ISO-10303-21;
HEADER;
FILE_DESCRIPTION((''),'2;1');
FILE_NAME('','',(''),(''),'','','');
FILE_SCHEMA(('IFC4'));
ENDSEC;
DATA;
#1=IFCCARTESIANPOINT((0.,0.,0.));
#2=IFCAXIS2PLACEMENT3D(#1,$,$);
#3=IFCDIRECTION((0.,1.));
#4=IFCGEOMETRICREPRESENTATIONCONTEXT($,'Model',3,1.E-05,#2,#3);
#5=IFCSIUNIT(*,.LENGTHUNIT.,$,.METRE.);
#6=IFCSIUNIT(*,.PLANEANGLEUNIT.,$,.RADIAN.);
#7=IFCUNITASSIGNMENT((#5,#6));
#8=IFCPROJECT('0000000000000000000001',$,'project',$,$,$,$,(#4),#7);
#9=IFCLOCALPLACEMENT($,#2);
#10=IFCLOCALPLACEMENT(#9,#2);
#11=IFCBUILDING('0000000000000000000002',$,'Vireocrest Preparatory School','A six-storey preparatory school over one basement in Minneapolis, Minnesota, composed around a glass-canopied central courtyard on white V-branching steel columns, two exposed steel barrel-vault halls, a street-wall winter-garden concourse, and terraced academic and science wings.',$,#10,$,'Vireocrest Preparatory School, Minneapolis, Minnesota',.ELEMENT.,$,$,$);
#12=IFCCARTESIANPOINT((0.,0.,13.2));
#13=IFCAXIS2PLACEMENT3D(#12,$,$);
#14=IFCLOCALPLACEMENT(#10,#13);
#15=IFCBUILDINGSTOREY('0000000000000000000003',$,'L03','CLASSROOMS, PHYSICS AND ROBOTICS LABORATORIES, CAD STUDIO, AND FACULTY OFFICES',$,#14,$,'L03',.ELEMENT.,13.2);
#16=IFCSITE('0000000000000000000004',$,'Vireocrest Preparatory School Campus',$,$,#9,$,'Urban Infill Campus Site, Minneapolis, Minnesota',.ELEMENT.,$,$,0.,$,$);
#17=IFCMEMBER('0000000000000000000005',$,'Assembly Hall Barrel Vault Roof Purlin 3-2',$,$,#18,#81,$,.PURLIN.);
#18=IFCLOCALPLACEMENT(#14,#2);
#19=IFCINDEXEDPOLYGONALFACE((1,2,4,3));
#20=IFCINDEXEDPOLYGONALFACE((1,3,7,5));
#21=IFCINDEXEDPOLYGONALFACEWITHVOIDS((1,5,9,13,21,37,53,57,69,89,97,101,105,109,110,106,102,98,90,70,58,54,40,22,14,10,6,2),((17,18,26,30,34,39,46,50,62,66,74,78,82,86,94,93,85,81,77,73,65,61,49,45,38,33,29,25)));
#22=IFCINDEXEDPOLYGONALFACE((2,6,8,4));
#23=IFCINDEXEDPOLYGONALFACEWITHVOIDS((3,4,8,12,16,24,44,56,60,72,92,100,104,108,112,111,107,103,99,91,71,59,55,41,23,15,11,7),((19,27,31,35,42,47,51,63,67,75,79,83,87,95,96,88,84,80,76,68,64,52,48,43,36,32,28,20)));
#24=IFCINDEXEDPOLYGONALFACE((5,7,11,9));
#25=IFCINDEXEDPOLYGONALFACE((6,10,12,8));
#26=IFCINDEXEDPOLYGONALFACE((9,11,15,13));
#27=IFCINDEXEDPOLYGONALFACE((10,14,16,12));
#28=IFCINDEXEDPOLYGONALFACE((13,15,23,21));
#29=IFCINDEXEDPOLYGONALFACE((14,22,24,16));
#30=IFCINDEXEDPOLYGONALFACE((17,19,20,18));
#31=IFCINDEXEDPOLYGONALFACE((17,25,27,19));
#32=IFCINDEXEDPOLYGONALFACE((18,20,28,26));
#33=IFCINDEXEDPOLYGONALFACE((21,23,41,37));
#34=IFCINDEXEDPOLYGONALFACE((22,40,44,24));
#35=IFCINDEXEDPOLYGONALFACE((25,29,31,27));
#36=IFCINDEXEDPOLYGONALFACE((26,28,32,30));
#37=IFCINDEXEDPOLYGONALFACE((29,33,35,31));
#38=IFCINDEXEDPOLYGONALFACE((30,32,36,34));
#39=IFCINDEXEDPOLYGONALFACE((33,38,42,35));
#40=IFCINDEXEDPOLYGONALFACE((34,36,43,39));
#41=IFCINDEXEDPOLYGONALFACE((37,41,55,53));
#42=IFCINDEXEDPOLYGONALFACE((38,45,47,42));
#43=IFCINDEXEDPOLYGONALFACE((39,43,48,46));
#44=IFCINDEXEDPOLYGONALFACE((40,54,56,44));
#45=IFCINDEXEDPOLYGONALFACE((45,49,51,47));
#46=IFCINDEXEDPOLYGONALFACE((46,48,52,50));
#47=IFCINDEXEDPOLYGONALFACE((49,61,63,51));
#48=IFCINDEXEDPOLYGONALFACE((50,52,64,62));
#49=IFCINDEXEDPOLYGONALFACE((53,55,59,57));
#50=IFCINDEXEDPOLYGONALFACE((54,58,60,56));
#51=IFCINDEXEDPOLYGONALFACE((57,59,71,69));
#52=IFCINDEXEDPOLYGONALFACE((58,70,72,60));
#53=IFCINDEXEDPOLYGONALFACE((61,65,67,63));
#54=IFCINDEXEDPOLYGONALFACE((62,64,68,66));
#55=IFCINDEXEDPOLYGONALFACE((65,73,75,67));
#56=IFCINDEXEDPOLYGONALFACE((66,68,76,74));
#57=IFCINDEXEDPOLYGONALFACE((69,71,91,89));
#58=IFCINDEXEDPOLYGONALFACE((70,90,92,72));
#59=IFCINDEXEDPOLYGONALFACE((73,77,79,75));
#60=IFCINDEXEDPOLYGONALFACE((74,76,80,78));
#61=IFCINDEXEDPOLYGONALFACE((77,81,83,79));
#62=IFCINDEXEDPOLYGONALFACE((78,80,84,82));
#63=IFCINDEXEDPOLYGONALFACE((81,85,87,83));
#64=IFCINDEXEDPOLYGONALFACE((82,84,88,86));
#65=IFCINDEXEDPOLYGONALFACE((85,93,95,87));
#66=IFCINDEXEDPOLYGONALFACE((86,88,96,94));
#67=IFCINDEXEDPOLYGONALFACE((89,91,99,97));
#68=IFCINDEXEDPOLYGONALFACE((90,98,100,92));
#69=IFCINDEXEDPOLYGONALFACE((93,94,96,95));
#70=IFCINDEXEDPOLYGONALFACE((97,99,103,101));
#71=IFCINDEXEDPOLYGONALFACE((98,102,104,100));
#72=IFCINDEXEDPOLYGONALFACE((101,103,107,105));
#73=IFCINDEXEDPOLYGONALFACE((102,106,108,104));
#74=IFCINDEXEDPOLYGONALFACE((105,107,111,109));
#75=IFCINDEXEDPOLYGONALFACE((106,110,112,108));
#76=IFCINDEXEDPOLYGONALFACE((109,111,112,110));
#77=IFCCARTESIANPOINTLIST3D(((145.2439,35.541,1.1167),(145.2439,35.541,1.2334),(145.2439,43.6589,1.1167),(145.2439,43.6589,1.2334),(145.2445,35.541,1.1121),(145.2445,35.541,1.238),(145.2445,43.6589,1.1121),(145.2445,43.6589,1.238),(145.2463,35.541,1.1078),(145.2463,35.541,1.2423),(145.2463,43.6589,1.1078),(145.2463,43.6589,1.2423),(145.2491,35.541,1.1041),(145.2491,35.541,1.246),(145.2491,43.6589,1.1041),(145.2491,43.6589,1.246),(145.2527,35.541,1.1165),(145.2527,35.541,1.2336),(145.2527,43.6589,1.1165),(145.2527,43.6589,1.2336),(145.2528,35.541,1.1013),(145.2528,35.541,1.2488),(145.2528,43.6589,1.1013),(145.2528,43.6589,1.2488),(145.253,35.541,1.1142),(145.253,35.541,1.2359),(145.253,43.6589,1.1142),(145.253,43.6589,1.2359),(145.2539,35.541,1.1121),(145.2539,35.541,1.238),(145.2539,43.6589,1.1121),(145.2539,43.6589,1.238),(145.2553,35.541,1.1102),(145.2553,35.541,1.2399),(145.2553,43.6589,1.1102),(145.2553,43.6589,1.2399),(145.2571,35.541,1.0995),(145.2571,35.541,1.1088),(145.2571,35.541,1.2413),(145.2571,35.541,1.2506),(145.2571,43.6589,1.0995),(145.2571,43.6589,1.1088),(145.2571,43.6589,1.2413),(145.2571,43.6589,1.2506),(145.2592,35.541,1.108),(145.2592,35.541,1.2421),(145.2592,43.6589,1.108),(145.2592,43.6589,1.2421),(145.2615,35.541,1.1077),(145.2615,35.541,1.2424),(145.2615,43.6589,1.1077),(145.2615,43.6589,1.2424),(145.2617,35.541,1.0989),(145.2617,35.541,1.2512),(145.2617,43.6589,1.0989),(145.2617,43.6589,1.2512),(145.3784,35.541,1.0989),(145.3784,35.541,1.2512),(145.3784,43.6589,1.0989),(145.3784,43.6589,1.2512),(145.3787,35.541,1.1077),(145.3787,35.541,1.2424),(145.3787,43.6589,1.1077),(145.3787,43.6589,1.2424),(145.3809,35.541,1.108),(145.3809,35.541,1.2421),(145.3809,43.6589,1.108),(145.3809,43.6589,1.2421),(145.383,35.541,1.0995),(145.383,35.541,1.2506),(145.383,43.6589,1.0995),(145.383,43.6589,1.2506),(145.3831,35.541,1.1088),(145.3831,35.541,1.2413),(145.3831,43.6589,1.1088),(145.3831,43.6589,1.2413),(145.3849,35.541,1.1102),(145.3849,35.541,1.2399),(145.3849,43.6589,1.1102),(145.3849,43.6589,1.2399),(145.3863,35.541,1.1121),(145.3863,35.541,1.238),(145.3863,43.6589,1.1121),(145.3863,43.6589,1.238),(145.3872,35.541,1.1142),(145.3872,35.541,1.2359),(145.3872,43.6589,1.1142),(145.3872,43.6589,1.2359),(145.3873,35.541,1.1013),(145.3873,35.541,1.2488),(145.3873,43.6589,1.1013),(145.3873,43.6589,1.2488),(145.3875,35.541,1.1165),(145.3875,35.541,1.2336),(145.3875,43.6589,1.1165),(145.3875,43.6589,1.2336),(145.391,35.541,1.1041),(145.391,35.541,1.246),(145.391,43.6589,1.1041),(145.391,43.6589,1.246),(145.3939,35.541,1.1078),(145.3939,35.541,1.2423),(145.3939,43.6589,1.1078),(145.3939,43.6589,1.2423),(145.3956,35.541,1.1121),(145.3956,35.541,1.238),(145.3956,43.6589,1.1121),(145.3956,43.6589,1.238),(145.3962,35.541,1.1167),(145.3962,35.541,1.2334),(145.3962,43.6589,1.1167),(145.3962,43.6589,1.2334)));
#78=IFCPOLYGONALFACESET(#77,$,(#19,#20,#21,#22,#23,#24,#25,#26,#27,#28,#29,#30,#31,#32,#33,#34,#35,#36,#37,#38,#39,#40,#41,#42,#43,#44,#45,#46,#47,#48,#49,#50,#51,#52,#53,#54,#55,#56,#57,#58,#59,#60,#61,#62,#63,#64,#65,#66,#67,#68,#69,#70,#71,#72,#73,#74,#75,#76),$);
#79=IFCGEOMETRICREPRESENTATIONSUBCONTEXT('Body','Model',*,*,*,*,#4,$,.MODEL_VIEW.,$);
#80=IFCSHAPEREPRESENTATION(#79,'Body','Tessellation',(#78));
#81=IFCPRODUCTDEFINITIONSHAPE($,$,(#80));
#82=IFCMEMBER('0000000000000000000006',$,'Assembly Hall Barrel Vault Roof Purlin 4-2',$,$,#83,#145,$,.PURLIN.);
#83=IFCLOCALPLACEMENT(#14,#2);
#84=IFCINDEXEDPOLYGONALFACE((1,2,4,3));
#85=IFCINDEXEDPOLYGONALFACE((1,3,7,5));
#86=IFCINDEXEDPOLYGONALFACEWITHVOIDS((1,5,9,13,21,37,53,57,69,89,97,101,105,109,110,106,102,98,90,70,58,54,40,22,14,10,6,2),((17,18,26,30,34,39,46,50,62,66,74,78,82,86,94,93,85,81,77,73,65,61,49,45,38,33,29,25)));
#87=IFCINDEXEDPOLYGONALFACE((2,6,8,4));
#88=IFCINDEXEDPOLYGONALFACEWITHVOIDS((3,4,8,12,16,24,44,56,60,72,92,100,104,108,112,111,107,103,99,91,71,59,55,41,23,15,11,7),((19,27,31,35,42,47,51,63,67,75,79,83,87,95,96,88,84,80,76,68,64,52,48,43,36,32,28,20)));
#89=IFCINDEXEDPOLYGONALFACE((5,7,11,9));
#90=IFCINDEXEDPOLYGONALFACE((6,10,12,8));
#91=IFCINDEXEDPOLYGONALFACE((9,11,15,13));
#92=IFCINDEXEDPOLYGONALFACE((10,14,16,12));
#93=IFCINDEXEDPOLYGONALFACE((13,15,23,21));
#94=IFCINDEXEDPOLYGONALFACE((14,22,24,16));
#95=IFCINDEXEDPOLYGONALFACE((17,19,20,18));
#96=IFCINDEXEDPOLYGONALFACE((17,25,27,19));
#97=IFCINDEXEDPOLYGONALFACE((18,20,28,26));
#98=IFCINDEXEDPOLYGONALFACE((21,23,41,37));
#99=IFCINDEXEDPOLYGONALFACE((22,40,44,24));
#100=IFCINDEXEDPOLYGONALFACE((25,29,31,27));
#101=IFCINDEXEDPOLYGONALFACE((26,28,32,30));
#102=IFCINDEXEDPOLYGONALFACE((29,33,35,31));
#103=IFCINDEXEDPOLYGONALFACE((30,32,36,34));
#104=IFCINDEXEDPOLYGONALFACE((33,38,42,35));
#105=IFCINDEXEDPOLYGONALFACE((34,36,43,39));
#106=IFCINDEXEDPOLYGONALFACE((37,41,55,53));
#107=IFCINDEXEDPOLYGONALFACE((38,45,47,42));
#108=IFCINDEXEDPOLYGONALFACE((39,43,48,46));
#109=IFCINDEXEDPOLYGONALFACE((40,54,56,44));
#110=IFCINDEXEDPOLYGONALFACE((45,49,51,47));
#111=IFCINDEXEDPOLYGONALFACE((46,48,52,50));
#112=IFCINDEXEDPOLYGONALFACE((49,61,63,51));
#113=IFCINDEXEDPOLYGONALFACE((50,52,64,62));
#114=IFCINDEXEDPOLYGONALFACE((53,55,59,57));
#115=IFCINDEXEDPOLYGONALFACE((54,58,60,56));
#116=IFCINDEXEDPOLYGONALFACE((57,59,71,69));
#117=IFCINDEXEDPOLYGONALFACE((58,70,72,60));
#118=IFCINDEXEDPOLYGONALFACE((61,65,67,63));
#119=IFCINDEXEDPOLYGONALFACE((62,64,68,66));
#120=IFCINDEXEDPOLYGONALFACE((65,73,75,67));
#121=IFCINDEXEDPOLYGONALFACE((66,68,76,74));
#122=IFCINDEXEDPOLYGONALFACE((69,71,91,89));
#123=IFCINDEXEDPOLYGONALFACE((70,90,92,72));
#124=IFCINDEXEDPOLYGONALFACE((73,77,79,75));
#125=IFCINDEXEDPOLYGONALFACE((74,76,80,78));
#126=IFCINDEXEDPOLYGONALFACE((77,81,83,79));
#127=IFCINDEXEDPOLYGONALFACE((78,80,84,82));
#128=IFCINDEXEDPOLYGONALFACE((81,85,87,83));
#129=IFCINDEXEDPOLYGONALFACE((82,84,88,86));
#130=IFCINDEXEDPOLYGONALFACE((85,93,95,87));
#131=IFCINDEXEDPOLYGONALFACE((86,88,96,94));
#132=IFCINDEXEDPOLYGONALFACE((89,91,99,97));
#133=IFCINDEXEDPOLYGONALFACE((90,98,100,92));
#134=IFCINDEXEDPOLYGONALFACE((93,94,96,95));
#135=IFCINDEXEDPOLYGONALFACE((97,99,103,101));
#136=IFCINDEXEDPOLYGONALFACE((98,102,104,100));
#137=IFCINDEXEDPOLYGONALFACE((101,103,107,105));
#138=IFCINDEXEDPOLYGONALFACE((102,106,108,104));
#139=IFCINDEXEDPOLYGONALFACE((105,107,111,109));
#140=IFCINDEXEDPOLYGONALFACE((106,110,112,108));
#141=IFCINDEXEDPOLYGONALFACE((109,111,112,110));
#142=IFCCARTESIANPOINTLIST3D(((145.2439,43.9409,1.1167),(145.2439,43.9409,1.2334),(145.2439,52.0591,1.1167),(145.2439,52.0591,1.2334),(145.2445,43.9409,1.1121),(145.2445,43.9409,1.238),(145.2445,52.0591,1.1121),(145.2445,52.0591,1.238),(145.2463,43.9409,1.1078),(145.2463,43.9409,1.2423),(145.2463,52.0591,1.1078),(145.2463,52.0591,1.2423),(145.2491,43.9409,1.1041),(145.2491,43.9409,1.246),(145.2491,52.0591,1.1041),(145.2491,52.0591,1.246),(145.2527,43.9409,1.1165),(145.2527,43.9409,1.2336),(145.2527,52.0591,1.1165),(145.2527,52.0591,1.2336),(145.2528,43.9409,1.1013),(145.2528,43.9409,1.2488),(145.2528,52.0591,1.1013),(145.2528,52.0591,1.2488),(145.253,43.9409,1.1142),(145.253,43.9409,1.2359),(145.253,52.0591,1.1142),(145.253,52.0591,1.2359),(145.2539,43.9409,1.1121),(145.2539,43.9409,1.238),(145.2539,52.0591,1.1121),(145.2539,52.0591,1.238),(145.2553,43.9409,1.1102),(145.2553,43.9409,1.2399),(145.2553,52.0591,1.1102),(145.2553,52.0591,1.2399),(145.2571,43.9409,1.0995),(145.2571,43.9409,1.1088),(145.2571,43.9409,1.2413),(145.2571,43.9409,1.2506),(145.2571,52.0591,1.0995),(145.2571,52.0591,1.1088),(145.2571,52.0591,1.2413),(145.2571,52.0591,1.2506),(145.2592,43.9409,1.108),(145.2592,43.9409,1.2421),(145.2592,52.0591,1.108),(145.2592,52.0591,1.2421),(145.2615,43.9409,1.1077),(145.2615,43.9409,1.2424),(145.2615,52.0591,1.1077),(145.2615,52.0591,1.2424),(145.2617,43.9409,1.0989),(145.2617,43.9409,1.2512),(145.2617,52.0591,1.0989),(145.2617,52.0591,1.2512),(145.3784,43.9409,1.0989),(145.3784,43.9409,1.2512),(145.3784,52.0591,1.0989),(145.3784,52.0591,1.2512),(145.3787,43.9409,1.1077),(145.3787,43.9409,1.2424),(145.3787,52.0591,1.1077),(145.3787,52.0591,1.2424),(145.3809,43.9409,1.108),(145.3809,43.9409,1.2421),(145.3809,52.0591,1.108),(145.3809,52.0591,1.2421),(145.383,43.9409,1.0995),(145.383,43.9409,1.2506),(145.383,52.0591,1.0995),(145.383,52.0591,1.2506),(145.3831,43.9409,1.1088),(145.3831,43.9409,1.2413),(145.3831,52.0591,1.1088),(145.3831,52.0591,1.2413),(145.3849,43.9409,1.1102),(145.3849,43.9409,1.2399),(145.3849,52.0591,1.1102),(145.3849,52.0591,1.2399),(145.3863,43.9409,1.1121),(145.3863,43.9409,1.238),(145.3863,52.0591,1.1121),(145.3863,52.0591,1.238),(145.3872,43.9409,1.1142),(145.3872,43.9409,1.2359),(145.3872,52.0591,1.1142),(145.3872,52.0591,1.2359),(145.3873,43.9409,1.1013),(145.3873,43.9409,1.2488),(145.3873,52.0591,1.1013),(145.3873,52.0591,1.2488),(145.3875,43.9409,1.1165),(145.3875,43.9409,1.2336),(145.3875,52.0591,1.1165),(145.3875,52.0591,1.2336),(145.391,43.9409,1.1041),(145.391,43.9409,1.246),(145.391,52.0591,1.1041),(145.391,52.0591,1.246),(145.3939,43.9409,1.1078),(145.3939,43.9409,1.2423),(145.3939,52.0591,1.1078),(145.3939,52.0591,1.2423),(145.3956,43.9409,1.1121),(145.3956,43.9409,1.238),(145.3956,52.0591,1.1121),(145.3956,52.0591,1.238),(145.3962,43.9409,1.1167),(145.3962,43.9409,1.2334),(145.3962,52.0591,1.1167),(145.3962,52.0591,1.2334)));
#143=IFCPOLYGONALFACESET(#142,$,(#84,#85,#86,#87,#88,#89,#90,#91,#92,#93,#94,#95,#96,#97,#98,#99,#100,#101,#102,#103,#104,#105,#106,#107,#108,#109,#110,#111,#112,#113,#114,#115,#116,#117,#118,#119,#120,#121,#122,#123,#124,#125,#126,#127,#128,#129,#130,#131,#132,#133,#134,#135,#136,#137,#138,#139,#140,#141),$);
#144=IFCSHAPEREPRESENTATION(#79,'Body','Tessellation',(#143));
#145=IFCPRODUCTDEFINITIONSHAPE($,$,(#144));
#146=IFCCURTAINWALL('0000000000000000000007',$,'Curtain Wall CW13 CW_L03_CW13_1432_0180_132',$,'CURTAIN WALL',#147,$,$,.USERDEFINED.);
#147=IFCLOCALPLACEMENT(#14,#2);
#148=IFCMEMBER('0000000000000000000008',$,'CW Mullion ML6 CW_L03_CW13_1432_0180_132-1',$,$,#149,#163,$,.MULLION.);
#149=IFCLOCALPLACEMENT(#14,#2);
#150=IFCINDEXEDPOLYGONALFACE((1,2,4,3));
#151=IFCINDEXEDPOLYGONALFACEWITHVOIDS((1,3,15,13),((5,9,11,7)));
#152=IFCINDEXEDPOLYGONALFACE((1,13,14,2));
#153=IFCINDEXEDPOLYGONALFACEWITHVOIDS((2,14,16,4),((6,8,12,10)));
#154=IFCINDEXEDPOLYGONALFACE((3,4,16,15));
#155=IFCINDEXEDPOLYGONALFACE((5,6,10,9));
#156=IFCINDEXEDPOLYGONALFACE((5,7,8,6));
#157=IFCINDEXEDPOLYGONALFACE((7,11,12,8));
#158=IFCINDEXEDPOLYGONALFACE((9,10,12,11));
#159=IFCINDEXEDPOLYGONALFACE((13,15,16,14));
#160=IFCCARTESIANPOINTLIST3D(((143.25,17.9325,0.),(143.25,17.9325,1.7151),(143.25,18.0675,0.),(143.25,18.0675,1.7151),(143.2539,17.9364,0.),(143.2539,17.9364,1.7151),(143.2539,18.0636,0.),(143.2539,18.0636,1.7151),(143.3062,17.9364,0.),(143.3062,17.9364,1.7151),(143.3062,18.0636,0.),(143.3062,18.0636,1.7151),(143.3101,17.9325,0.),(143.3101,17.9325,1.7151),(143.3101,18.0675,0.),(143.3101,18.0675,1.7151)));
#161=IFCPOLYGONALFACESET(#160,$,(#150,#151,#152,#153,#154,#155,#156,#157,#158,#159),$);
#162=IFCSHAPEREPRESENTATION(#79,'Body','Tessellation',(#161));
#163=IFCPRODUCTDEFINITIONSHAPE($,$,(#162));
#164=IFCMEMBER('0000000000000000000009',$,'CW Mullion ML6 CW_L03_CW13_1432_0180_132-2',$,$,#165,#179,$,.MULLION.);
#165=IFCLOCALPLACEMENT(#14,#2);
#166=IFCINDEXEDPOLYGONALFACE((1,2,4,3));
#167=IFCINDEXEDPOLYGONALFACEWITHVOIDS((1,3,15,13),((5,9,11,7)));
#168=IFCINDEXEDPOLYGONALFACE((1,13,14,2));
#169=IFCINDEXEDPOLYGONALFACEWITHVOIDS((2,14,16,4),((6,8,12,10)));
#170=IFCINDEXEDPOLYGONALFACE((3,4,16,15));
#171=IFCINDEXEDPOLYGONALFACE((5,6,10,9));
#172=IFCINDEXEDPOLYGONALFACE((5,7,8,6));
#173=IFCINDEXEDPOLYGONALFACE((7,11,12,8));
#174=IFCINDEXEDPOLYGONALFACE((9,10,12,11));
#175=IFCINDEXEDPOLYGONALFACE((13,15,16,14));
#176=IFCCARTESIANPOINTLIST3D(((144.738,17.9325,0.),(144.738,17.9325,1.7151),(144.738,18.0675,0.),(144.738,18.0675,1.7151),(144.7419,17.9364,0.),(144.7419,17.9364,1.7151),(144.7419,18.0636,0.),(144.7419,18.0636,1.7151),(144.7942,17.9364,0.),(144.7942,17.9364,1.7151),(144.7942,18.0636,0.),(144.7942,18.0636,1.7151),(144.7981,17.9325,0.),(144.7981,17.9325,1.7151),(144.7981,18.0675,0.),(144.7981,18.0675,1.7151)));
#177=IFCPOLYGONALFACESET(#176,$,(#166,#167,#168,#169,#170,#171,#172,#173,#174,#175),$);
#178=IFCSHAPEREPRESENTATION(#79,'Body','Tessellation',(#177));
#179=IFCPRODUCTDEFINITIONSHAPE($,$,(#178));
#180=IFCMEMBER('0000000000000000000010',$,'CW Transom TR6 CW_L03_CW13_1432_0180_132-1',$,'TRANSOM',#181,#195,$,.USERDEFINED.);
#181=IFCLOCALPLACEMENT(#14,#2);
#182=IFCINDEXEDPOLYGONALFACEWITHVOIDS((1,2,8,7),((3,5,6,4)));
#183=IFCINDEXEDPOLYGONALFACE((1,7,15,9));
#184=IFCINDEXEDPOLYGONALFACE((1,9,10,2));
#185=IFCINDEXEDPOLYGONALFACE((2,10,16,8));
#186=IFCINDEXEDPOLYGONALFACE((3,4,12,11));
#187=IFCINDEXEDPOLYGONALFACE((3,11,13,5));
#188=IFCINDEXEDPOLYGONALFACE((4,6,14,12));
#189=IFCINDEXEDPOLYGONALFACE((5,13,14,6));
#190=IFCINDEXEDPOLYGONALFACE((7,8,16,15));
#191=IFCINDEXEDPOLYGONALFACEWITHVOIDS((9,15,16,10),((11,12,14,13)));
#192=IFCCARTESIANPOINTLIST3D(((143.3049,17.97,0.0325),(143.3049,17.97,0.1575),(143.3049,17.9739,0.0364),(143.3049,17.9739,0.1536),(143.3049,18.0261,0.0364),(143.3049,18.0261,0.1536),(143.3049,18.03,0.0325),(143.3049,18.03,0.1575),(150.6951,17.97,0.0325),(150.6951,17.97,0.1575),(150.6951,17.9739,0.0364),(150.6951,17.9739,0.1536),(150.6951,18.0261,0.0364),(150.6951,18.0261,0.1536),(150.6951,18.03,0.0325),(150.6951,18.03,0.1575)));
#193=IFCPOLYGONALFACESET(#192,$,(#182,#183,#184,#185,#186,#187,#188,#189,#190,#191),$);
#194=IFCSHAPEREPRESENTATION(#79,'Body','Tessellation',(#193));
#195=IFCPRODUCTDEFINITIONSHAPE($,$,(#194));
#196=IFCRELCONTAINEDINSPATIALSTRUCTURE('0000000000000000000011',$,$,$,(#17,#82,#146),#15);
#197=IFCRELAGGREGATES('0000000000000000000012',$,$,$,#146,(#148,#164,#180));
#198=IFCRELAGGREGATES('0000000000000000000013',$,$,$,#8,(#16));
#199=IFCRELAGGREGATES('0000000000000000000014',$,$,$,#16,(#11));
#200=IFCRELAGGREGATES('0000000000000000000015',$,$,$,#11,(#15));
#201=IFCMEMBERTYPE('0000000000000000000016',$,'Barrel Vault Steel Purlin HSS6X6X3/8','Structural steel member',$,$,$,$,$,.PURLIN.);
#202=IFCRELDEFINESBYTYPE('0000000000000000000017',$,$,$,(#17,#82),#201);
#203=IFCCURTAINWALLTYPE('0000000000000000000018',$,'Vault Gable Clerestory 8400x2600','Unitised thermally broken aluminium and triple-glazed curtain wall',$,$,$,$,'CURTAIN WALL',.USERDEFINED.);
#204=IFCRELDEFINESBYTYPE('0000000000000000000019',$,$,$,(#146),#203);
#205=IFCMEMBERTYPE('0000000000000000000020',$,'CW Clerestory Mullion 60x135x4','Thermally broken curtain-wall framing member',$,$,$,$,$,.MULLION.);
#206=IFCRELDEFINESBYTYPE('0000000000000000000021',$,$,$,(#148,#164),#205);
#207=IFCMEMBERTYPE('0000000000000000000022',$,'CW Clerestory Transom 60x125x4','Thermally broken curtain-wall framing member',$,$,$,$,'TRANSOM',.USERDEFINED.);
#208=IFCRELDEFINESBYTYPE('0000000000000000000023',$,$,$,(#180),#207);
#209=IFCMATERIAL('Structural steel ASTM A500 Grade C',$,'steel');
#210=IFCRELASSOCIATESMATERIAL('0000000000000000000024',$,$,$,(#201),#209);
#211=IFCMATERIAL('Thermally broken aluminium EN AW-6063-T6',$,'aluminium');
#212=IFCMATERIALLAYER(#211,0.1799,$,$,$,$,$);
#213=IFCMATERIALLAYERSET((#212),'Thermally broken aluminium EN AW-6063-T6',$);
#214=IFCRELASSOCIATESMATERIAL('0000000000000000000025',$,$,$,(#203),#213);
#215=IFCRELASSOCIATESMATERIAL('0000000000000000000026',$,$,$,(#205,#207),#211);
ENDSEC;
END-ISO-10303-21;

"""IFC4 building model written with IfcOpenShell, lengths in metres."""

from ifc_helpers import new_model, si_unit, direction, frame, origin, origin_2d, place, context, subcontext, project, spatial, hollow_rectangle, extrude, material, layer, layer_set, material_profile, profile_set, type_object, element, aggregate, save


model = new_model("IFC4")

# Units and contexts
model_context = context("Model", 3, precision=1e-05, world=origin(), true_north=direction((0.0, 1.0)))
body_context = subcontext(model_context, "Body", "Model", "MODEL_VIEW")
ifc_project = project(units=[si_unit("LENGTHUNIT", "METRE"), si_unit("PLANEANGLEUNIT", "RADIAN")], contexts=[model_context])

# Site, building, storey
site_placement = place(None, origin())
site = spatial("IfcSite", under=ifc_project, at=site_placement, Name="Vireocrest Preparatory School Campus", LongName="Urban Infill Campus Site, Minneapolis, Minnesota", CompositionType="ELEMENT", RefElevation=0.0)
building_placement = place(site_placement, origin())
building = spatial("IfcBuilding", under=site, at=building_placement, Name="Vireocrest Preparatory School", Description="A six-storey preparatory school over one basement in Minneapolis, Minnesota, composed around a glass-canopied central courtyard on white V-branching steel columns, two exposed steel barrel-vault halls, a street-wall winter-garden concourse, and terraced academic and science wings.", LongName="Vireocrest Preparatory School, Minneapolis, Minnesota", CompositionType="ELEMENT")
storey_placement = place(building_placement, frame((0.0, 0.0, 13.2)))
storey = spatial("IfcBuildingStorey", under=building, at=storey_placement, Name="L03", Description="CLASSROOMS, PHYSICS AND ROBOTICS LABORATORIES, CAD STUDIO, AND FACULTY OFFICES", LongName="L03", CompositionType="ELEMENT", Elevation=13.2)

# Members
ifc_material_1 = material(Name="Structural steel ASTM A500 Grade C", Category="steel")
ifc_material_profile_1 = material_profile(ifc_material_1, hollow_rectangle(XDim=0.1523, YDim=0.1523, WallThickness=0.0088, InnerFilletRadius=0.0088, OuterFilletRadius=0.0178, at=origin_2d()), Name="HSS6X6X3/8")
ifc_profile_set_1 = profile_set([ifc_material_profile_1], Name="Structural steel ASTM A500 Grade C")
member_type_1 = type_object("IfcMemberType", Name="Barrel Vault Steel Purlin HSS6X6X3/8", Description="Structural steel member", PredefinedType="PURLIN", material=ifc_profile_set_1)
for number, where, z_axis, x_axis, name in (
    (1, (145.3201, 35.541, 1.175), (0.0, 1.0, 0.0), (-1.0, 0.0, 0.0), "Assembly Hall Barrel Vault Roof Purlin 3-2"),
):
    element("IfcMember", number, at=place(storey_placement, frame(where, z_axis=z_axis, x_axis=x_axis)), inside=storey, type_object=member_type_1, Name=name, PredefinedType="PURLIN", context=body_context, shape_type="SweptSolid", body=[
        extrude(hollow_rectangle(XDim=0.1523, YDim=0.1523, WallThickness=0.0088, InnerFilletRadius=0.0088, OuterFilletRadius=0.0178, at=origin_2d()), origin(), (0.0, 0.0, 1.0), 8.1179),
    ])
member_1_placement = place(storey_placement, frame((145.3201, 43.9409, 1.175), z_axis=(0.0, 1.0, 0.0), x_axis=(-1.0, 0.0, 0.0)))
element("IfcMember", 2, at=member_1_placement, inside=storey, type_object=member_type_1, Name="Assembly Hall Barrel Vault Roof Purlin 4-2", PredefinedType="PURLIN", context=body_context, shape_type="SweptSolid", body=[
    extrude(hollow_rectangle(XDim=0.1523, YDim=0.1523, WallThickness=0.0088, InnerFilletRadius=0.0088, OuterFilletRadius=0.0178, at=origin_2d()), origin(), (0.0, 0.0, 1.0), 8.1182),
])

# Curtain wall, members
ifc_material_2 = material(Name="Thermally broken aluminium EN AW-6063-T6", Category="aluminium")
ifc_layer_1 = layer(ifc_material_2, 0.1799)
ifc_layer_set_1 = layer_set([ifc_layer_1], Name="Thermally broken aluminium EN AW-6063-T6")
curtain_wall_type = type_object("IfcCurtainWallType", Name="Vault Gable Clerestory 8400x2600", Description="Unitised thermally broken aluminium and triple-glazed curtain wall", ElementType="CURTAIN WALL", PredefinedType="USERDEFINED", material=ifc_layer_set_1)
curtain_wall_placement = place(storey_placement, origin())
curtain_wall = element("IfcCurtainWall", 3, at=curtain_wall_placement, inside=storey, type_object=curtain_wall_type, Name="Curtain Wall CW13 CW_L03_CW13_1432_0180_132", ObjectType="CURTAIN WALL", PredefinedType="USERDEFINED")
ifc_material_profile_2 = material_profile(ifc_material_2, hollow_rectangle(XDim=0.0601, YDim=0.135, WallThickness=0.0039, at=origin_2d()), Name="ALU 60x135x4")
ifc_profile_set_2 = profile_set([ifc_material_profile_2], Name="Thermally broken aluminium EN AW-6063-T6")
member_type_2 = type_object("IfcMemberType", Name="CW Clerestory Mullion 60x135x4", Description="Thermally broken curtain-wall framing member", PredefinedType="MULLION", material=ifc_profile_set_2)
member_2_placement = place(storey_placement, frame((143.28, 18.0, 0.0), z_axis=(0.0, 0.0, 1.0), x_axis=(1.0, 0.0, 0.0)))
member_2 = element("IfcMember", 4, at=member_2_placement, type_object=member_type_2, Name="CW Mullion ML6 CW_L03_CW13_1432_0180_132-1", PredefinedType="MULLION", context=body_context, shape_type="SweptSolid", body=[
    extrude(hollow_rectangle(XDim=0.0601, YDim=0.135, WallThickness=0.0039, at=origin_2d()), origin(), (0.0, 0.0, 1.0), 1.7151),
])
member_3_placement = place(storey_placement, frame((144.7681, 18.0, 0.0), z_axis=(0.0, 0.0, 1.0), x_axis=(1.0, 0.0, 0.0)))
member_3 = element("IfcMember", 5, at=member_3_placement, type_object=member_type_2, Name="CW Mullion ML6 CW_L03_CW13_1432_0180_132-2", PredefinedType="MULLION", context=body_context, shape_type="SweptSolid", body=[
    extrude(hollow_rectangle(XDim=0.0601, YDim=0.135, WallThickness=0.0039, at=origin_2d()), origin(), (0.0, 0.0, 1.0), 1.7151),
])
ifc_material_profile_3 = material_profile(ifc_material_2, hollow_rectangle(XDim=0.0601, YDim=0.125, WallThickness=0.0039, at=origin_2d()), Name="ALU 60x125x4")
ifc_profile_set_3 = profile_set([ifc_material_profile_3], Name="Thermally broken aluminium EN AW-6063-T6")
member_type_3 = type_object("IfcMemberType", Name="CW Clerestory Transom 60x125x4", Description="Thermally broken curtain-wall framing member", ElementType="TRANSOM", PredefinedType="USERDEFINED", material=ifc_profile_set_3)
member_4_placement = place(storey_placement, frame((143.3049, 18.0, 0.095), z_axis=(1.0, 0.0, 0.0), x_axis=(0.0, 1.0, 0.0)))
member_4 = element("IfcMember", 6, at=member_4_placement, type_object=member_type_3, Name="CW Transom TR6 CW_L03_CW13_1432_0180_132-1", ObjectType="TRANSOM", PredefinedType="USERDEFINED", context=body_context, shape_type="SweptSolid", body=[
    extrude(hollow_rectangle(XDim=0.0601, YDim=0.125, WallThickness=0.0039, at=origin_2d()), origin(), (0.0, 0.0, 1.0), 7.3901),
])

aggregate(curtain_wall, [member_2, member_3, member_4])

save(model, "model.ifc")
